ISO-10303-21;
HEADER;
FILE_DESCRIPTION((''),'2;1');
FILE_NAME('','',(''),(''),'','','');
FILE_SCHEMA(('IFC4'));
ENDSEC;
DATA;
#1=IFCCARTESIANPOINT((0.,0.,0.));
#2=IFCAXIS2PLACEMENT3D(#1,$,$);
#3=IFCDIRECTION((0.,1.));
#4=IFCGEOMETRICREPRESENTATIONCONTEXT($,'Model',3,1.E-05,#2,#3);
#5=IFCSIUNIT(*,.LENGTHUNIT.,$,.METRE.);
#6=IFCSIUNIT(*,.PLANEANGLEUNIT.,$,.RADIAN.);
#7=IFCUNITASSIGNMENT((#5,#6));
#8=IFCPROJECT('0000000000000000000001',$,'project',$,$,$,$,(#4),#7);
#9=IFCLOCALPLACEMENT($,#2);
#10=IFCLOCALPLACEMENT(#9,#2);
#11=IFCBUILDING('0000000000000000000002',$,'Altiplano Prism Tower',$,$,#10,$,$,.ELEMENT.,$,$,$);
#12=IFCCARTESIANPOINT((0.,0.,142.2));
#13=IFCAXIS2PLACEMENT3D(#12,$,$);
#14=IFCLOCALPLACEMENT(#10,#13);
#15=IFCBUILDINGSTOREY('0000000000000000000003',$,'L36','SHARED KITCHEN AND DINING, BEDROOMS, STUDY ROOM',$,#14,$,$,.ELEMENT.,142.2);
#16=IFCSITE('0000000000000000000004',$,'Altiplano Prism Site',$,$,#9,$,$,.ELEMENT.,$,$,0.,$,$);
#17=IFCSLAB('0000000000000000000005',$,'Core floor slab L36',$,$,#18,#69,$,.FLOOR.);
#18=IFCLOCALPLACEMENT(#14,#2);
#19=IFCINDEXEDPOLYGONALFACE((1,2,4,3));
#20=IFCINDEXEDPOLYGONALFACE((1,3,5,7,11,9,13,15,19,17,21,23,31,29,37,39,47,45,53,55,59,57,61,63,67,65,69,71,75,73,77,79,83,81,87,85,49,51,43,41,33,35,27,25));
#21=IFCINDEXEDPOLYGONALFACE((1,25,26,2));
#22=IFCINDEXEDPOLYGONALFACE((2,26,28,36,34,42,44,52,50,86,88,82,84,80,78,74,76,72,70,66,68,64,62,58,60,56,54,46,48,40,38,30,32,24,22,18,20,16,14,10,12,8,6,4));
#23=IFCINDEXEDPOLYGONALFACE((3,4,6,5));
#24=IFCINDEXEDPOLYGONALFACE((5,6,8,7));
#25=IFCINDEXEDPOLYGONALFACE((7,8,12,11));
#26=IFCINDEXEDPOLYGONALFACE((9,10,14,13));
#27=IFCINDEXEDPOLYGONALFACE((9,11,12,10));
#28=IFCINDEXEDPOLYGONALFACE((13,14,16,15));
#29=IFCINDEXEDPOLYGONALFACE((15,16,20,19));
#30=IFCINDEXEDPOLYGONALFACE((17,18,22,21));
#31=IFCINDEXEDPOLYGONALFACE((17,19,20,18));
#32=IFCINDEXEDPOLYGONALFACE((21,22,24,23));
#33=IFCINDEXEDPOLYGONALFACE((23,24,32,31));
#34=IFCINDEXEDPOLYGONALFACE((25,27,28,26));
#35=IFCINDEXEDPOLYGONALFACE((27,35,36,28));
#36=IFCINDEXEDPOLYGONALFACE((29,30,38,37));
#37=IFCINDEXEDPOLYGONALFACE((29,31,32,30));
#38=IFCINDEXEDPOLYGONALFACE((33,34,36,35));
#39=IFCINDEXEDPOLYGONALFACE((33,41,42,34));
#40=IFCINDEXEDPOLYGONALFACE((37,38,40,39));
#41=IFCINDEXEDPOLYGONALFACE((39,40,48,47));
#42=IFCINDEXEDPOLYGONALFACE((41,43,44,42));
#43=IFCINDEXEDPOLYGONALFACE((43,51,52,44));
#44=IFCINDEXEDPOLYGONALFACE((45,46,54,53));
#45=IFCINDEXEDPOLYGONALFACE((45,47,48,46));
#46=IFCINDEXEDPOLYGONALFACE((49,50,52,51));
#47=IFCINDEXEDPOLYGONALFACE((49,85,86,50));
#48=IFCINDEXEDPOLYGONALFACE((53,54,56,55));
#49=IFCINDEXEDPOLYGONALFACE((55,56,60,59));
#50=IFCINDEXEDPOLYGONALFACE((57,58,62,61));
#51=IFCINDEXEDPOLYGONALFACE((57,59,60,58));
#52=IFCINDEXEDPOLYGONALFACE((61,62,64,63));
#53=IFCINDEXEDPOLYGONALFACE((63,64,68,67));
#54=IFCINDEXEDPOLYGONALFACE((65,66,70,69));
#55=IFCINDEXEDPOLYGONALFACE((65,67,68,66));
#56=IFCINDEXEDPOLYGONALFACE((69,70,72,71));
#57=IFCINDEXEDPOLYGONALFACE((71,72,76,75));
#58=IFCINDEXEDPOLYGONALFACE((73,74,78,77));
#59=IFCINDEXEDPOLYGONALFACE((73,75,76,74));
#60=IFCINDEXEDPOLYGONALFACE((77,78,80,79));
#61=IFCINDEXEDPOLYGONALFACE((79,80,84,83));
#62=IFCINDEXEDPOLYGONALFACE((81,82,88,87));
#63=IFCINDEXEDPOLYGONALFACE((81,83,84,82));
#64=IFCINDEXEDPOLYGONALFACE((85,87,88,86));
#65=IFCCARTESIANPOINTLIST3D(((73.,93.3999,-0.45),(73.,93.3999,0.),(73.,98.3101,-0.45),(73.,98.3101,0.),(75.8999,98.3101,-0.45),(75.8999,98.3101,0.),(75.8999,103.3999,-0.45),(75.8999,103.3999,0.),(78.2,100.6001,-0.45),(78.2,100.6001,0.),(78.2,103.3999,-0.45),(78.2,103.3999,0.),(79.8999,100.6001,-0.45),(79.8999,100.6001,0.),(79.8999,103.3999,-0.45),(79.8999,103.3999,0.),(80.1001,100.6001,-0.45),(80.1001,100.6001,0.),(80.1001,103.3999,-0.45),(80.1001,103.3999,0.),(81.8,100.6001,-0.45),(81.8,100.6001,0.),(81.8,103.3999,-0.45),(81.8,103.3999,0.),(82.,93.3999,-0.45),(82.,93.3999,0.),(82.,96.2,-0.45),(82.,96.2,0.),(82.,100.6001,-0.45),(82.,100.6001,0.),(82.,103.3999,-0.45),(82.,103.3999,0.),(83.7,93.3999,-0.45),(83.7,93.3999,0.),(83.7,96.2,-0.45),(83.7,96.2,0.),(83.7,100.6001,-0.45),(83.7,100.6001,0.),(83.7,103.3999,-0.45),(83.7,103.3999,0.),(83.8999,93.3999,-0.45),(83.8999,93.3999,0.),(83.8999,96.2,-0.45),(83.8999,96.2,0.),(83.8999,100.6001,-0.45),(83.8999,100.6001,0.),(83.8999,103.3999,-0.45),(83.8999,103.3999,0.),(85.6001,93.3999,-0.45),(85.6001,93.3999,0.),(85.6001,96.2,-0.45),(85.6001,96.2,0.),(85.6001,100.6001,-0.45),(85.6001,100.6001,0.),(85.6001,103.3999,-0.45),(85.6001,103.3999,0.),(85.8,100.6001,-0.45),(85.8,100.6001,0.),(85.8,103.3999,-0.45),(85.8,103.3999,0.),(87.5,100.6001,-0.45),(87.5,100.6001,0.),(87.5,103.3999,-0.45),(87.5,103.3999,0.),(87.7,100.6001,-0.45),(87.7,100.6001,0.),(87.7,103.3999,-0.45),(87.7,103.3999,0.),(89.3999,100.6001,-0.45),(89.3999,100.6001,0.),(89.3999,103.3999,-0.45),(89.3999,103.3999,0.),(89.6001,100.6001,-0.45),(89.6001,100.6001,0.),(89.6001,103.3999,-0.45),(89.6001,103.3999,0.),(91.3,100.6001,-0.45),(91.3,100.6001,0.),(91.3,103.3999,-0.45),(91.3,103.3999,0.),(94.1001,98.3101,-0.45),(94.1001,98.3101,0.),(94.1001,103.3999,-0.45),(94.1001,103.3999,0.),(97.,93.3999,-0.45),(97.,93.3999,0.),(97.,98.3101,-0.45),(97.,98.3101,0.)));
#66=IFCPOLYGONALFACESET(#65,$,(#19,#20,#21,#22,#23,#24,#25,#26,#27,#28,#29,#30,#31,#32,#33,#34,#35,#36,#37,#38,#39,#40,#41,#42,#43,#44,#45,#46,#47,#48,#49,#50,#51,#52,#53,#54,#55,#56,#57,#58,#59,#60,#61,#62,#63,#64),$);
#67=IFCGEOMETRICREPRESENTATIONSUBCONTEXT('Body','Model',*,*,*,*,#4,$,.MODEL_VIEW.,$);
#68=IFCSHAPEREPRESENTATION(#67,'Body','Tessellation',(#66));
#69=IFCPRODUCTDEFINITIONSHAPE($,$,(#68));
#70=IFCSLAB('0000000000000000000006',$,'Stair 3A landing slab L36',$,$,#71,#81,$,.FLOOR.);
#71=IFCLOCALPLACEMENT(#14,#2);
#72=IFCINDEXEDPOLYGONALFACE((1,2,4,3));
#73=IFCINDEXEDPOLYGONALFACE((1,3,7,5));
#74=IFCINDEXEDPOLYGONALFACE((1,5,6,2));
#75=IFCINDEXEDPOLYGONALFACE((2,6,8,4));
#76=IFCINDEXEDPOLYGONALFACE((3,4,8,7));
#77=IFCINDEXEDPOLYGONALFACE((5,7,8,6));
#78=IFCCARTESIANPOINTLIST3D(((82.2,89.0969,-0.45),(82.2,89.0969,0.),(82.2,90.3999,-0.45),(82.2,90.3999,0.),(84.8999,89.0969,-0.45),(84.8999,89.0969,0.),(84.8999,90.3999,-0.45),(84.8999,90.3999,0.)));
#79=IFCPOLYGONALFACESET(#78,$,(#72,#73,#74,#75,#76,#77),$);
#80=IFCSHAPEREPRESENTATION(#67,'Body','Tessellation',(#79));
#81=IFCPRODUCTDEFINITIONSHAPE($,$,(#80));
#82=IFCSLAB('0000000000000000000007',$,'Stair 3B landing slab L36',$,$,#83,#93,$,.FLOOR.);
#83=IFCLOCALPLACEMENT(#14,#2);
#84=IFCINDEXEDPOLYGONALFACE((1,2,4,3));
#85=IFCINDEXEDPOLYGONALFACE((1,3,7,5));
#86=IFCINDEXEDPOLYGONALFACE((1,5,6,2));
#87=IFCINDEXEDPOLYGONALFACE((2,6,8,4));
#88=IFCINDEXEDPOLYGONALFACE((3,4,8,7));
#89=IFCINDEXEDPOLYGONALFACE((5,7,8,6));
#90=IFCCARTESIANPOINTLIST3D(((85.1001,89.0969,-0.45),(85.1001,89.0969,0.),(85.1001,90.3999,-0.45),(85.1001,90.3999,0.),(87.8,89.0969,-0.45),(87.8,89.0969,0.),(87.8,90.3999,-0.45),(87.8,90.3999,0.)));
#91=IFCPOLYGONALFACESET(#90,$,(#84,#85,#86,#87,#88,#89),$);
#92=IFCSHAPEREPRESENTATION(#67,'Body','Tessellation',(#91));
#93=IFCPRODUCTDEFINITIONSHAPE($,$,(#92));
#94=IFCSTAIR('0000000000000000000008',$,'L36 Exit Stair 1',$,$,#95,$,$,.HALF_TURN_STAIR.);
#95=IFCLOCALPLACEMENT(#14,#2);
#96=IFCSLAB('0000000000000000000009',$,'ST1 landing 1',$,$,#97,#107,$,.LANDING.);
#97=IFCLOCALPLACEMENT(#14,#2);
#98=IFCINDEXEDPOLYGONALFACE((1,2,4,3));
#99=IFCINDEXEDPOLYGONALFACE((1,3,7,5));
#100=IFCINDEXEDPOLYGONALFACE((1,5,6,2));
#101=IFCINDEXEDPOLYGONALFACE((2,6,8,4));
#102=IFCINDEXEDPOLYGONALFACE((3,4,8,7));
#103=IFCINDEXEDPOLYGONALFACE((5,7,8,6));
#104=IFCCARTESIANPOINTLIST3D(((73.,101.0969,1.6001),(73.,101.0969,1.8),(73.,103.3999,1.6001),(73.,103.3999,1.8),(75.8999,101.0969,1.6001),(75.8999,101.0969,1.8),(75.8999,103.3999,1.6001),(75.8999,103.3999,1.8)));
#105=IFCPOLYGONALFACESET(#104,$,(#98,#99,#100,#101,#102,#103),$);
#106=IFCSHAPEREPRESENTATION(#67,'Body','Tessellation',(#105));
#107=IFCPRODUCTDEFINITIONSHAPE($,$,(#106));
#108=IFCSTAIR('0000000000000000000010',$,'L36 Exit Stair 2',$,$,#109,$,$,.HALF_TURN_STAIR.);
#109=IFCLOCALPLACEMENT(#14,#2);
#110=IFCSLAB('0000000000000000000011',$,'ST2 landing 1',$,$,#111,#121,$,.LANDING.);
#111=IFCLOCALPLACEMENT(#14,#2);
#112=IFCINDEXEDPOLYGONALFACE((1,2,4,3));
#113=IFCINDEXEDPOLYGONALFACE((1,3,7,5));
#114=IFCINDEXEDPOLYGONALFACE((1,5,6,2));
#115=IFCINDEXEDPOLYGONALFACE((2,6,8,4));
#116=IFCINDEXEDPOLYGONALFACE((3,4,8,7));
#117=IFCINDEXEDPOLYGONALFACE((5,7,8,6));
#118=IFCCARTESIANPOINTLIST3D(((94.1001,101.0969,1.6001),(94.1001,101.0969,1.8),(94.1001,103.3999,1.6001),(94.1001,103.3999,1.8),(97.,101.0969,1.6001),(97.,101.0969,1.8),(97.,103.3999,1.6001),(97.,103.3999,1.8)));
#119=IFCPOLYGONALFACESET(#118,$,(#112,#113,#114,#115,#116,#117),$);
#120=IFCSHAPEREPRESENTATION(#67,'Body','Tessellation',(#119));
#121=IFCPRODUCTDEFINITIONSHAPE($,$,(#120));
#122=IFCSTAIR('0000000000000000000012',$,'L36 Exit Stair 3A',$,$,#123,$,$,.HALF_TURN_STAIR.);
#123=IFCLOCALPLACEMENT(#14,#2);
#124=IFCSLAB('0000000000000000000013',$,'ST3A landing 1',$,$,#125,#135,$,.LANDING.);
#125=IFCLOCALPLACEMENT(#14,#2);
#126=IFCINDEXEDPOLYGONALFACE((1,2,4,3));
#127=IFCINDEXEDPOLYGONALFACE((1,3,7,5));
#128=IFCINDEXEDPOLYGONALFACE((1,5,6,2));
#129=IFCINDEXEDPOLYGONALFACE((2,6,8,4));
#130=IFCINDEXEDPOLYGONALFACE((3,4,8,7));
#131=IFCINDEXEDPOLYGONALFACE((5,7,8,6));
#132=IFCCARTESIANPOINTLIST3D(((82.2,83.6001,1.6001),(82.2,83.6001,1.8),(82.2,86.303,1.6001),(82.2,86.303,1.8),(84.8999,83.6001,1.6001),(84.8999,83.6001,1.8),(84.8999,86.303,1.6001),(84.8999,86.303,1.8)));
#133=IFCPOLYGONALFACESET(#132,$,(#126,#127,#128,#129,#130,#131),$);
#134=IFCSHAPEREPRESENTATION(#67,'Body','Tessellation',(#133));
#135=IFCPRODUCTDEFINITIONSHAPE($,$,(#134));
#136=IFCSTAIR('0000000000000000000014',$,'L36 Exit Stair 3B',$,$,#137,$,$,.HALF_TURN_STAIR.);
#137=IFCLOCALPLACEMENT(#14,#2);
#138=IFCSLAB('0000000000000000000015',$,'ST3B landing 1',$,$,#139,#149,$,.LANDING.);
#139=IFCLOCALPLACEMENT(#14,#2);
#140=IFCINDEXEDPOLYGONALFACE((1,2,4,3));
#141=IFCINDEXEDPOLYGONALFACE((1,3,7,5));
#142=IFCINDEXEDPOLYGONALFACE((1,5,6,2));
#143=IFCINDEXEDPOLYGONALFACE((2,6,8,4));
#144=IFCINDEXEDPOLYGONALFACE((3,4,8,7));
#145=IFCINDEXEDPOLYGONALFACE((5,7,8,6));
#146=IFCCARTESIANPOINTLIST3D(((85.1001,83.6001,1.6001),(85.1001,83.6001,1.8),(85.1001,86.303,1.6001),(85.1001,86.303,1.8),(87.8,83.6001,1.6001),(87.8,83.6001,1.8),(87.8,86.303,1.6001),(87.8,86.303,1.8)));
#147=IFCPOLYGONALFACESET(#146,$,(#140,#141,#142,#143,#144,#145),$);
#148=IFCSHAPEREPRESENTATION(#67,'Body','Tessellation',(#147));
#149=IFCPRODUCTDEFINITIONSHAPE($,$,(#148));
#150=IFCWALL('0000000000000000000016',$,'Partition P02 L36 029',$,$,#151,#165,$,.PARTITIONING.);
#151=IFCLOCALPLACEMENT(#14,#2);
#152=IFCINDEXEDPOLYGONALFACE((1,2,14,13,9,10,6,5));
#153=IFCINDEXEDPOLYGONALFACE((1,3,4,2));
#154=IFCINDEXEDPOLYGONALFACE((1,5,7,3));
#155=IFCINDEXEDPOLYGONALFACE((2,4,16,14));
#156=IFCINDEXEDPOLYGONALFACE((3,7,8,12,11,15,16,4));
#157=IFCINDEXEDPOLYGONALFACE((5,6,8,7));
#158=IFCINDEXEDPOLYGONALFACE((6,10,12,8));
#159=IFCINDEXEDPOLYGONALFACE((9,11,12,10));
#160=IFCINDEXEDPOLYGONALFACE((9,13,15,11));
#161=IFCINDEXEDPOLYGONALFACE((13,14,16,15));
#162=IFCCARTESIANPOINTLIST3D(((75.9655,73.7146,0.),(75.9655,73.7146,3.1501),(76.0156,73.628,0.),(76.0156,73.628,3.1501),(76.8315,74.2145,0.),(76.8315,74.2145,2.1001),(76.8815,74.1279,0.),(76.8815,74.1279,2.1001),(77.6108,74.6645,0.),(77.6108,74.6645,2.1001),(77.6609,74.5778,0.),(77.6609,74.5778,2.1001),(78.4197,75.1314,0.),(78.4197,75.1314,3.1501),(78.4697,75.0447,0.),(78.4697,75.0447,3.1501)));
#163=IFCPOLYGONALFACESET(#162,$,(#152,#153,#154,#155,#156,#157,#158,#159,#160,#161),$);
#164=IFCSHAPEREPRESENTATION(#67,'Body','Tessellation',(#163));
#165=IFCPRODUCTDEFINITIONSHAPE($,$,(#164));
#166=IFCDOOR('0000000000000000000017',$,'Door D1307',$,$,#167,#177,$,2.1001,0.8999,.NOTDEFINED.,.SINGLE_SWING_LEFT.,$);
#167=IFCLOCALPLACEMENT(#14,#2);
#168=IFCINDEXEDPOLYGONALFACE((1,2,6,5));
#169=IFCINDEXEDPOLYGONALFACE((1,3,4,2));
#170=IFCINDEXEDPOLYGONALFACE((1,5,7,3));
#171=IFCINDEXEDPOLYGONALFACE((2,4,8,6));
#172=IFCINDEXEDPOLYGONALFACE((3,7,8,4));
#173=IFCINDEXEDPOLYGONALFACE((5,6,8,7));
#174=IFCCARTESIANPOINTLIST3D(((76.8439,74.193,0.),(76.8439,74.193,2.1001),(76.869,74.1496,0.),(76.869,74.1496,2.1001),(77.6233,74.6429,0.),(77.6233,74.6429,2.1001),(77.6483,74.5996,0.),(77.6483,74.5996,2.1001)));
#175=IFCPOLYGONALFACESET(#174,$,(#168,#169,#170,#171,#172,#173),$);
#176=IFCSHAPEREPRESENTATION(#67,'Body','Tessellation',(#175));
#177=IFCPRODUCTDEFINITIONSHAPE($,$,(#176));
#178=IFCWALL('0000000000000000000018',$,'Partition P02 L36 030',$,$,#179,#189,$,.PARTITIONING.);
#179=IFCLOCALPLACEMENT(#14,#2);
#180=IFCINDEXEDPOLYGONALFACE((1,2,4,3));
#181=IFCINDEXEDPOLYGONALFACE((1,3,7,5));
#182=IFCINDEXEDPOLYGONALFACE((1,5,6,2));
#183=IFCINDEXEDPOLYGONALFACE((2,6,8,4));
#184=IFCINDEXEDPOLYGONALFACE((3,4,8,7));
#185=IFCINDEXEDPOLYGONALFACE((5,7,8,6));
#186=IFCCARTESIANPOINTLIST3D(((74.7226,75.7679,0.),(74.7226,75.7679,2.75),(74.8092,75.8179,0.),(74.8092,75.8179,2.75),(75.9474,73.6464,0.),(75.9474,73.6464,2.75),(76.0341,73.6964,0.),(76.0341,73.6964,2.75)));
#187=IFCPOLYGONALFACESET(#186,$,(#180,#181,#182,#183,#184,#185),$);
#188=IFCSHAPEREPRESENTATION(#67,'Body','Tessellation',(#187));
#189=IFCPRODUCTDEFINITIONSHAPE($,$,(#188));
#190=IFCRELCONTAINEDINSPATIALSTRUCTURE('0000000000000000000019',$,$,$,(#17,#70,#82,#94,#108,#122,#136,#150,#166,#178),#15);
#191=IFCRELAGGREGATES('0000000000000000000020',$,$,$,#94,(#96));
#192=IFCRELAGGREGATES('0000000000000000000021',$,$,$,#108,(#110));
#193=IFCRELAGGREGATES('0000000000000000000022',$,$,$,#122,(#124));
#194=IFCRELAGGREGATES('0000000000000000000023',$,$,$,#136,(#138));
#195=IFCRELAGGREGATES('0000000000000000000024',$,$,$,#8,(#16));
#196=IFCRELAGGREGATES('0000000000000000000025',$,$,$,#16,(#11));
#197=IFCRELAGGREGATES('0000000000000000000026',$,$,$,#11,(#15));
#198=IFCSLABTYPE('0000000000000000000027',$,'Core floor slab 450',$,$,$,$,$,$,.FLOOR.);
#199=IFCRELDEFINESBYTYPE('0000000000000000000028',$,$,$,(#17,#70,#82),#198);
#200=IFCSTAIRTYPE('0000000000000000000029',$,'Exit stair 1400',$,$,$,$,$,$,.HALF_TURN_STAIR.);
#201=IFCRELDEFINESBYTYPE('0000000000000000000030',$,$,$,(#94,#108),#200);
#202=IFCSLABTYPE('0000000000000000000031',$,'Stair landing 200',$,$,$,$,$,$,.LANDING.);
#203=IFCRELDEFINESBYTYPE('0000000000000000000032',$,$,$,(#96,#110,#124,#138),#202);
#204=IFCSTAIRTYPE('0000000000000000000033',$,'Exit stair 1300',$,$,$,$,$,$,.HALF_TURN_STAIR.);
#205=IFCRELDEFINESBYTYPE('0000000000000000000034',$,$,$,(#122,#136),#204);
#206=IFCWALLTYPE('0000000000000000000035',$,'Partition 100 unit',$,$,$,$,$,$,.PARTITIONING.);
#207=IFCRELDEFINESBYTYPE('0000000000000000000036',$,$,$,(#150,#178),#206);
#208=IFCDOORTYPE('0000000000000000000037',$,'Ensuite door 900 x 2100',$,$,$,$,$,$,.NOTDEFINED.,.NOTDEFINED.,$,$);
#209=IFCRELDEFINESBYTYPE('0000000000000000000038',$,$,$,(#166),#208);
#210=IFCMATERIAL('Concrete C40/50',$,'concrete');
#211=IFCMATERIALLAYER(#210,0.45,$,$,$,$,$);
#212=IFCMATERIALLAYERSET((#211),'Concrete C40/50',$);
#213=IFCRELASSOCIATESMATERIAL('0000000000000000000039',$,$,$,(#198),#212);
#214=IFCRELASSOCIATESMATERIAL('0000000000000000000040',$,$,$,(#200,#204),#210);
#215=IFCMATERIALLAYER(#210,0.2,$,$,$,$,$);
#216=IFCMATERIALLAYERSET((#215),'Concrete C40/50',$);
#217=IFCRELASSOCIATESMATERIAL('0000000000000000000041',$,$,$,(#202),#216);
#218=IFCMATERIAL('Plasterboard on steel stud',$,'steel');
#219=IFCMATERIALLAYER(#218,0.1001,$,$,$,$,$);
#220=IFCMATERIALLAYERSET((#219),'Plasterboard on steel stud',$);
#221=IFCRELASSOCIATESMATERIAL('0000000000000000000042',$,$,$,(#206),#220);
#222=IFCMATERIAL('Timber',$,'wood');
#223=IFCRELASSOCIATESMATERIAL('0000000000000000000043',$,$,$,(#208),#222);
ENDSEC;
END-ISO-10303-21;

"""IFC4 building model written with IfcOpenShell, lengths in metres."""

from ifc_helpers import new_model, si_unit, direction, frame, frame_2d, origin, place, context, subcontext, project, spatial, polyline, rectangle, outline, extrude, material, layer, layer_set, type_object, element, fill, aggregate, save


model = new_model("IFC4")

# Units and contexts
model_context = context("Model", 3, precision=1e-05, world=origin(), true_north=direction((0.0, 1.0)))
body_context = subcontext(model_context, "Body", "Model", "MODEL_VIEW")
ifc_project = project(units=[si_unit("LENGTHUNIT", "METRE"), si_unit("PLANEANGLEUNIT", "RADIAN")], contexts=[model_context])

# Site, building, storey
site_placement = place(None, origin())
site = spatial("IfcSite", under=ifc_project, at=site_placement, Name="Altiplano Prism Site", CompositionType="ELEMENT", RefElevation=0.0)
building_placement = place(site_placement, origin())
building = spatial("IfcBuilding", under=site, at=building_placement, Name="Altiplano Prism Tower", CompositionType="ELEMENT")
storey_placement = place(building_placement, frame((0.0, 0.0, 142.2)))
storey = spatial("IfcBuildingStorey", under=building, at=storey_placement, Name="L36", Description="SHARED KITCHEN AND DINING, BEDROOMS, STUDY ROOM", CompositionType="ELEMENT", Elevation=142.2)

# Slabs
ifc_material_1 = material(Name="Concrete C40/50", Category="concrete")
ifc_layer_1 = layer(ifc_material_1, 0.45)
ifc_layer_set_1 = layer_set([ifc_layer_1], Name="Concrete C40/50")
slab_type_1 = type_object("IfcSlabType", Name="Core floor slab 450", PredefinedType="FLOOR", material=ifc_layer_set_1)
slab_1_placement = place(storey_placement, frame((0.0, 0.0, -0.45)))
element("IfcSlab", 1, at=slab_1_placement, inside=storey, type_object=slab_type_1, Name="Core floor slab L36", PredefinedType="FLOOR", context=body_context, shape_type="SweptSolid", body=[
    extrude(outline(polyline([(97.0, 98.3101), (94.1001, 98.3101), (94.1001, 103.3999), (91.3, 103.3999), (91.3, 100.6001), (89.6001, 100.6001), (89.6001, 103.3999), (89.3999, 103.3999), (89.3999, 100.6001), (87.7, 100.6001), (87.7, 103.3999), (87.5, 103.3999), (87.5, 100.6001), (85.8, 100.6001), (85.8, 103.3999), (85.6001, 103.3999), (85.6001, 100.6001), (83.8999, 100.6001), (83.8999, 103.3999), (83.7, 103.3999), (83.7, 100.6001), (82.0, 100.6001), (82.0, 103.3999), (81.8, 103.3999), (81.8, 100.6001), (80.1001, 100.6001), (80.1001, 103.3999), (79.8999, 103.3999), (79.8999, 100.6001), (78.2, 100.6001), (78.2, 103.3999), (75.8999, 103.3999), (75.8999, 98.3101), (73.0, 98.3101), (73.0, 93.3999), (82.0, 93.3999), (82.0, 96.2), (83.7, 96.2), (83.7, 93.3999), (83.8999, 93.3999), (83.8999, 96.2), (85.6001, 96.2), (85.6001, 93.3999), (97.0, 93.3999), (97.0, 98.3101)])), origin(), (0.0, 0.0, 1.0), 0.45),
])
slab_2_placement = place(storey_placement, frame((0.0, 0.0, -0.45)))
element("IfcSlab", 2, at=slab_2_placement, inside=storey, type_object=slab_type_1, Name="Stair 3A landing slab L36", PredefinedType="FLOOR", context=body_context, shape_type="SweptSolid", body=[
    extrude(outline(polyline([(82.2, 89.0969), (84.8999, 89.0969), (84.8999, 90.3999), (82.2, 90.3999), (82.2, 89.0969)])), origin(), (0.0, 0.0, 1.0), 0.45),
])
slab_3_placement = place(storey_placement, frame((0.0, 0.0, -0.45)))
element("IfcSlab", 3, at=slab_3_placement, inside=storey, type_object=slab_type_1, Name="Stair 3B landing slab L36", PredefinedType="FLOOR", context=body_context, shape_type="SweptSolid", body=[
    extrude(outline(polyline([(85.1001, 89.0969), (87.8, 89.0969), (87.8, 90.3999), (85.1001, 90.3999), (85.1001, 89.0969)])), origin(), (0.0, 0.0, 1.0), 0.45),
])

# Stairs, slabs
stair_type_1 = type_object("IfcStairType", Name="Exit stair 1400", PredefinedType="HALF_TURN_STAIR", material=ifc_material_1)
stair_1_placement = place(storey_placement, origin())
stair_1 = element("IfcStair", 4, at=stair_1_placement, inside=storey, type_object=stair_type_1, Name="L36 Exit Stair 1", PredefinedType="HALF_TURN_STAIR")
ifc_layer_2 = layer(ifc_material_1, 0.2)
ifc_layer_set_2 = layer_set([ifc_layer_2], Name="Concrete C40/50")
slab_type_2 = type_object("IfcSlabType", Name="Stair landing 200", PredefinedType="LANDING", material=ifc_layer_set_2)
slab_4_placement = place(storey_placement, frame((0.0, 0.0, 1.6001)))
slab_4 = element("IfcSlab", 5, at=slab_4_placement, type_object=slab_type_2, Name="ST1 landing 1", PredefinedType="LANDING", context=body_context, shape_type="SweptSolid", body=[
    extrude(outline(polyline([(75.8999, 101.0969), (75.8999, 103.3999), (73.0, 103.3999), (73.0, 101.0969), (75.8999, 101.0969)])), origin(), (0.0, 0.0, 1.0), 0.2),
])
aggregate(stair_1, [slab_4])
stair_2_placement = place(storey_placement, origin())
stair_2 = element("IfcStair", 6, at=stair_2_placement, inside=storey, type_object=stair_type_1, Name="L36 Exit Stair 2", PredefinedType="HALF_TURN_STAIR")
slab_5_placement = place(storey_placement, frame((0.0, 0.0, 1.6001)))
slab_5 = element("IfcSlab", 7, at=slab_5_placement, type_object=slab_type_2, Name="ST2 landing 1", PredefinedType="LANDING", context=body_context, shape_type="SweptSolid", body=[
    extrude(outline(polyline([(97.0, 101.0969), (97.0, 103.3999), (94.1001, 103.3999), (94.1001, 101.0969), (97.0, 101.0969)])), origin(), (0.0, 0.0, 1.0), 0.2),
])
aggregate(stair_2, [slab_5])
stair_type_2 = type_object("IfcStairType", Name="Exit stair 1300", PredefinedType="HALF_TURN_STAIR", material=ifc_material_1)
stair_3_placement = place(storey_placement, origin())
stair_3 = element("IfcStair", 8, at=stair_3_placement, inside=storey, type_object=stair_type_2, Name="L36 Exit Stair 3A", PredefinedType="HALF_TURN_STAIR")
slab_6_placement = place(storey_placement, frame((0.0, 0.0, 1.6001)))
slab_6 = element("IfcSlab", 9, at=slab_6_placement, type_object=slab_type_2, Name="ST3A landing 1", PredefinedType="LANDING", context=body_context, shape_type="SweptSolid", body=[
    extrude(outline(polyline([(82.2, 86.303), (82.2, 83.6001), (84.8999, 83.6001), (84.8999, 86.303), (82.2, 86.303)])), origin(), (0.0, 0.0, 1.0), 0.2),
])
aggregate(stair_3, [slab_6])
stair_4_placement = place(storey_placement, origin())
stair_4 = element("IfcStair", 10, at=stair_4_placement, inside=storey, type_object=stair_type_2, Name="L36 Exit Stair 3B", PredefinedType="HALF_TURN_STAIR")
slab_7_placement = place(storey_placement, frame((0.0, 0.0, 1.6001)))
slab_7 = element("IfcSlab", 11, at=slab_7_placement, type_object=slab_type_2, Name="ST3B landing 1", PredefinedType="LANDING", context=body_context, shape_type="SweptSolid", body=[
    extrude(outline(polyline([(85.1001, 86.303), (85.1001, 83.6001), (87.8, 83.6001), (87.8, 86.303), (85.1001, 86.303)])), origin(), (0.0, 0.0, 1.0), 0.2),
])
aggregate(stair_4, [slab_7])

# Wall, opening, door
ifc_material_2 = material(Name="Plasterboard on steel stud", Category="steel")
ifc_layer_3 = layer(ifc_material_2, 0.1001)
ifc_layer_set_3 = layer_set([ifc_layer_3], Name="Plasterboard on steel stud")
wall_type_1 = type_object("IfcWallType", Name="Partition 100 unit", PredefinedType="PARTITIONING", material=ifc_layer_set_3)
wall_1_placement = place(storey_placement, frame((78.4448, 75.0881, 0.0), z_axis=(0.0, 0.0, 1.0), x_axis=(-0.866045, -0.499966, 0.0)))
wall_1 = element("IfcWall", 12, at=wall_1_placement, inside=storey, type_object=wall_type_1, Name="Partition P02 L36 029", PredefinedType="PARTITIONING", context=body_context, shape_type="SweptSolid", body=[
    extrude(rectangle(XDim=2.8337, YDim=0.1001, at=frame_2d((1.417, 0.0))), origin(), (0.0, 0.0, 1.0), 3.1501),
])
opening_placement = place(wall_1_placement, frame((0.9341, 0.0, 0.0)))
opening = element("IfcOpeningElement", 13, at=opening_placement, cuts=wall_1, PredefinedType="OPENING", context=body_context, shape_type="SweptSolid", body=[
    extrude(rectangle(XDim=0.8999, YDim=2.1001, at=frame_2d((0.45, 1.05))), frame((0.0, 0.0605, 0.0), z_axis=(0.0, -1.0, 0.0), x_axis=(1.0, 0.0, 0.0)), (0.0, 0.0, 1.0), 0.1211),
])
ifc_material_3 = material(Name="Timber", Category="wood")
door_type = type_object("IfcDoorType", Name="Ensuite door 900 x 2100", OperationType="NOTDEFINED", PredefinedType="NOTDEFINED", material=ifc_material_3)
door_placement = place(opening_placement, origin())
door = element("IfcDoor", 14, at=door_placement, inside=storey, type_object=door_type, Name="Door D1307", OperationType="SINGLE_SWING_LEFT", OverallHeight=2.1001, OverallWidth=0.8999, PredefinedType="NOTDEFINED", context=body_context, shape_type="SweptSolid", body=[
    extrude(rectangle(XDim=0.8999, YDim=2.1001, at=frame_2d((0.45, 1.05))), frame((0.0, 0.0249, 0.0), z_axis=(0.0, -1.0, 0.0), x_axis=(1.0, 0.0, 0.0)), (0.0, 0.0, 1.0), 0.05),
])
fill(opening, door)

# Wall
wall_2_placement = place(storey_placement, frame((75.9907, 73.6714, 0.0), z_axis=(0.0, 0.0, 1.0), x_axis=(-0.499987, 0.866033, 0.0)))
element("IfcWall", 15, at=wall_2_placement, inside=storey, type_object=wall_type_1, Name="Partition P02 L36 030", PredefinedType="PARTITIONING", context=body_context, shape_type="SweptSolid", body=[
    extrude(rectangle(XDim=2.4497, YDim=0.1001, at=frame_2d((1.2249, 0.0))), origin(), (0.0, 0.0, 1.0), 2.75),
])

save(model, "model.ifc")
